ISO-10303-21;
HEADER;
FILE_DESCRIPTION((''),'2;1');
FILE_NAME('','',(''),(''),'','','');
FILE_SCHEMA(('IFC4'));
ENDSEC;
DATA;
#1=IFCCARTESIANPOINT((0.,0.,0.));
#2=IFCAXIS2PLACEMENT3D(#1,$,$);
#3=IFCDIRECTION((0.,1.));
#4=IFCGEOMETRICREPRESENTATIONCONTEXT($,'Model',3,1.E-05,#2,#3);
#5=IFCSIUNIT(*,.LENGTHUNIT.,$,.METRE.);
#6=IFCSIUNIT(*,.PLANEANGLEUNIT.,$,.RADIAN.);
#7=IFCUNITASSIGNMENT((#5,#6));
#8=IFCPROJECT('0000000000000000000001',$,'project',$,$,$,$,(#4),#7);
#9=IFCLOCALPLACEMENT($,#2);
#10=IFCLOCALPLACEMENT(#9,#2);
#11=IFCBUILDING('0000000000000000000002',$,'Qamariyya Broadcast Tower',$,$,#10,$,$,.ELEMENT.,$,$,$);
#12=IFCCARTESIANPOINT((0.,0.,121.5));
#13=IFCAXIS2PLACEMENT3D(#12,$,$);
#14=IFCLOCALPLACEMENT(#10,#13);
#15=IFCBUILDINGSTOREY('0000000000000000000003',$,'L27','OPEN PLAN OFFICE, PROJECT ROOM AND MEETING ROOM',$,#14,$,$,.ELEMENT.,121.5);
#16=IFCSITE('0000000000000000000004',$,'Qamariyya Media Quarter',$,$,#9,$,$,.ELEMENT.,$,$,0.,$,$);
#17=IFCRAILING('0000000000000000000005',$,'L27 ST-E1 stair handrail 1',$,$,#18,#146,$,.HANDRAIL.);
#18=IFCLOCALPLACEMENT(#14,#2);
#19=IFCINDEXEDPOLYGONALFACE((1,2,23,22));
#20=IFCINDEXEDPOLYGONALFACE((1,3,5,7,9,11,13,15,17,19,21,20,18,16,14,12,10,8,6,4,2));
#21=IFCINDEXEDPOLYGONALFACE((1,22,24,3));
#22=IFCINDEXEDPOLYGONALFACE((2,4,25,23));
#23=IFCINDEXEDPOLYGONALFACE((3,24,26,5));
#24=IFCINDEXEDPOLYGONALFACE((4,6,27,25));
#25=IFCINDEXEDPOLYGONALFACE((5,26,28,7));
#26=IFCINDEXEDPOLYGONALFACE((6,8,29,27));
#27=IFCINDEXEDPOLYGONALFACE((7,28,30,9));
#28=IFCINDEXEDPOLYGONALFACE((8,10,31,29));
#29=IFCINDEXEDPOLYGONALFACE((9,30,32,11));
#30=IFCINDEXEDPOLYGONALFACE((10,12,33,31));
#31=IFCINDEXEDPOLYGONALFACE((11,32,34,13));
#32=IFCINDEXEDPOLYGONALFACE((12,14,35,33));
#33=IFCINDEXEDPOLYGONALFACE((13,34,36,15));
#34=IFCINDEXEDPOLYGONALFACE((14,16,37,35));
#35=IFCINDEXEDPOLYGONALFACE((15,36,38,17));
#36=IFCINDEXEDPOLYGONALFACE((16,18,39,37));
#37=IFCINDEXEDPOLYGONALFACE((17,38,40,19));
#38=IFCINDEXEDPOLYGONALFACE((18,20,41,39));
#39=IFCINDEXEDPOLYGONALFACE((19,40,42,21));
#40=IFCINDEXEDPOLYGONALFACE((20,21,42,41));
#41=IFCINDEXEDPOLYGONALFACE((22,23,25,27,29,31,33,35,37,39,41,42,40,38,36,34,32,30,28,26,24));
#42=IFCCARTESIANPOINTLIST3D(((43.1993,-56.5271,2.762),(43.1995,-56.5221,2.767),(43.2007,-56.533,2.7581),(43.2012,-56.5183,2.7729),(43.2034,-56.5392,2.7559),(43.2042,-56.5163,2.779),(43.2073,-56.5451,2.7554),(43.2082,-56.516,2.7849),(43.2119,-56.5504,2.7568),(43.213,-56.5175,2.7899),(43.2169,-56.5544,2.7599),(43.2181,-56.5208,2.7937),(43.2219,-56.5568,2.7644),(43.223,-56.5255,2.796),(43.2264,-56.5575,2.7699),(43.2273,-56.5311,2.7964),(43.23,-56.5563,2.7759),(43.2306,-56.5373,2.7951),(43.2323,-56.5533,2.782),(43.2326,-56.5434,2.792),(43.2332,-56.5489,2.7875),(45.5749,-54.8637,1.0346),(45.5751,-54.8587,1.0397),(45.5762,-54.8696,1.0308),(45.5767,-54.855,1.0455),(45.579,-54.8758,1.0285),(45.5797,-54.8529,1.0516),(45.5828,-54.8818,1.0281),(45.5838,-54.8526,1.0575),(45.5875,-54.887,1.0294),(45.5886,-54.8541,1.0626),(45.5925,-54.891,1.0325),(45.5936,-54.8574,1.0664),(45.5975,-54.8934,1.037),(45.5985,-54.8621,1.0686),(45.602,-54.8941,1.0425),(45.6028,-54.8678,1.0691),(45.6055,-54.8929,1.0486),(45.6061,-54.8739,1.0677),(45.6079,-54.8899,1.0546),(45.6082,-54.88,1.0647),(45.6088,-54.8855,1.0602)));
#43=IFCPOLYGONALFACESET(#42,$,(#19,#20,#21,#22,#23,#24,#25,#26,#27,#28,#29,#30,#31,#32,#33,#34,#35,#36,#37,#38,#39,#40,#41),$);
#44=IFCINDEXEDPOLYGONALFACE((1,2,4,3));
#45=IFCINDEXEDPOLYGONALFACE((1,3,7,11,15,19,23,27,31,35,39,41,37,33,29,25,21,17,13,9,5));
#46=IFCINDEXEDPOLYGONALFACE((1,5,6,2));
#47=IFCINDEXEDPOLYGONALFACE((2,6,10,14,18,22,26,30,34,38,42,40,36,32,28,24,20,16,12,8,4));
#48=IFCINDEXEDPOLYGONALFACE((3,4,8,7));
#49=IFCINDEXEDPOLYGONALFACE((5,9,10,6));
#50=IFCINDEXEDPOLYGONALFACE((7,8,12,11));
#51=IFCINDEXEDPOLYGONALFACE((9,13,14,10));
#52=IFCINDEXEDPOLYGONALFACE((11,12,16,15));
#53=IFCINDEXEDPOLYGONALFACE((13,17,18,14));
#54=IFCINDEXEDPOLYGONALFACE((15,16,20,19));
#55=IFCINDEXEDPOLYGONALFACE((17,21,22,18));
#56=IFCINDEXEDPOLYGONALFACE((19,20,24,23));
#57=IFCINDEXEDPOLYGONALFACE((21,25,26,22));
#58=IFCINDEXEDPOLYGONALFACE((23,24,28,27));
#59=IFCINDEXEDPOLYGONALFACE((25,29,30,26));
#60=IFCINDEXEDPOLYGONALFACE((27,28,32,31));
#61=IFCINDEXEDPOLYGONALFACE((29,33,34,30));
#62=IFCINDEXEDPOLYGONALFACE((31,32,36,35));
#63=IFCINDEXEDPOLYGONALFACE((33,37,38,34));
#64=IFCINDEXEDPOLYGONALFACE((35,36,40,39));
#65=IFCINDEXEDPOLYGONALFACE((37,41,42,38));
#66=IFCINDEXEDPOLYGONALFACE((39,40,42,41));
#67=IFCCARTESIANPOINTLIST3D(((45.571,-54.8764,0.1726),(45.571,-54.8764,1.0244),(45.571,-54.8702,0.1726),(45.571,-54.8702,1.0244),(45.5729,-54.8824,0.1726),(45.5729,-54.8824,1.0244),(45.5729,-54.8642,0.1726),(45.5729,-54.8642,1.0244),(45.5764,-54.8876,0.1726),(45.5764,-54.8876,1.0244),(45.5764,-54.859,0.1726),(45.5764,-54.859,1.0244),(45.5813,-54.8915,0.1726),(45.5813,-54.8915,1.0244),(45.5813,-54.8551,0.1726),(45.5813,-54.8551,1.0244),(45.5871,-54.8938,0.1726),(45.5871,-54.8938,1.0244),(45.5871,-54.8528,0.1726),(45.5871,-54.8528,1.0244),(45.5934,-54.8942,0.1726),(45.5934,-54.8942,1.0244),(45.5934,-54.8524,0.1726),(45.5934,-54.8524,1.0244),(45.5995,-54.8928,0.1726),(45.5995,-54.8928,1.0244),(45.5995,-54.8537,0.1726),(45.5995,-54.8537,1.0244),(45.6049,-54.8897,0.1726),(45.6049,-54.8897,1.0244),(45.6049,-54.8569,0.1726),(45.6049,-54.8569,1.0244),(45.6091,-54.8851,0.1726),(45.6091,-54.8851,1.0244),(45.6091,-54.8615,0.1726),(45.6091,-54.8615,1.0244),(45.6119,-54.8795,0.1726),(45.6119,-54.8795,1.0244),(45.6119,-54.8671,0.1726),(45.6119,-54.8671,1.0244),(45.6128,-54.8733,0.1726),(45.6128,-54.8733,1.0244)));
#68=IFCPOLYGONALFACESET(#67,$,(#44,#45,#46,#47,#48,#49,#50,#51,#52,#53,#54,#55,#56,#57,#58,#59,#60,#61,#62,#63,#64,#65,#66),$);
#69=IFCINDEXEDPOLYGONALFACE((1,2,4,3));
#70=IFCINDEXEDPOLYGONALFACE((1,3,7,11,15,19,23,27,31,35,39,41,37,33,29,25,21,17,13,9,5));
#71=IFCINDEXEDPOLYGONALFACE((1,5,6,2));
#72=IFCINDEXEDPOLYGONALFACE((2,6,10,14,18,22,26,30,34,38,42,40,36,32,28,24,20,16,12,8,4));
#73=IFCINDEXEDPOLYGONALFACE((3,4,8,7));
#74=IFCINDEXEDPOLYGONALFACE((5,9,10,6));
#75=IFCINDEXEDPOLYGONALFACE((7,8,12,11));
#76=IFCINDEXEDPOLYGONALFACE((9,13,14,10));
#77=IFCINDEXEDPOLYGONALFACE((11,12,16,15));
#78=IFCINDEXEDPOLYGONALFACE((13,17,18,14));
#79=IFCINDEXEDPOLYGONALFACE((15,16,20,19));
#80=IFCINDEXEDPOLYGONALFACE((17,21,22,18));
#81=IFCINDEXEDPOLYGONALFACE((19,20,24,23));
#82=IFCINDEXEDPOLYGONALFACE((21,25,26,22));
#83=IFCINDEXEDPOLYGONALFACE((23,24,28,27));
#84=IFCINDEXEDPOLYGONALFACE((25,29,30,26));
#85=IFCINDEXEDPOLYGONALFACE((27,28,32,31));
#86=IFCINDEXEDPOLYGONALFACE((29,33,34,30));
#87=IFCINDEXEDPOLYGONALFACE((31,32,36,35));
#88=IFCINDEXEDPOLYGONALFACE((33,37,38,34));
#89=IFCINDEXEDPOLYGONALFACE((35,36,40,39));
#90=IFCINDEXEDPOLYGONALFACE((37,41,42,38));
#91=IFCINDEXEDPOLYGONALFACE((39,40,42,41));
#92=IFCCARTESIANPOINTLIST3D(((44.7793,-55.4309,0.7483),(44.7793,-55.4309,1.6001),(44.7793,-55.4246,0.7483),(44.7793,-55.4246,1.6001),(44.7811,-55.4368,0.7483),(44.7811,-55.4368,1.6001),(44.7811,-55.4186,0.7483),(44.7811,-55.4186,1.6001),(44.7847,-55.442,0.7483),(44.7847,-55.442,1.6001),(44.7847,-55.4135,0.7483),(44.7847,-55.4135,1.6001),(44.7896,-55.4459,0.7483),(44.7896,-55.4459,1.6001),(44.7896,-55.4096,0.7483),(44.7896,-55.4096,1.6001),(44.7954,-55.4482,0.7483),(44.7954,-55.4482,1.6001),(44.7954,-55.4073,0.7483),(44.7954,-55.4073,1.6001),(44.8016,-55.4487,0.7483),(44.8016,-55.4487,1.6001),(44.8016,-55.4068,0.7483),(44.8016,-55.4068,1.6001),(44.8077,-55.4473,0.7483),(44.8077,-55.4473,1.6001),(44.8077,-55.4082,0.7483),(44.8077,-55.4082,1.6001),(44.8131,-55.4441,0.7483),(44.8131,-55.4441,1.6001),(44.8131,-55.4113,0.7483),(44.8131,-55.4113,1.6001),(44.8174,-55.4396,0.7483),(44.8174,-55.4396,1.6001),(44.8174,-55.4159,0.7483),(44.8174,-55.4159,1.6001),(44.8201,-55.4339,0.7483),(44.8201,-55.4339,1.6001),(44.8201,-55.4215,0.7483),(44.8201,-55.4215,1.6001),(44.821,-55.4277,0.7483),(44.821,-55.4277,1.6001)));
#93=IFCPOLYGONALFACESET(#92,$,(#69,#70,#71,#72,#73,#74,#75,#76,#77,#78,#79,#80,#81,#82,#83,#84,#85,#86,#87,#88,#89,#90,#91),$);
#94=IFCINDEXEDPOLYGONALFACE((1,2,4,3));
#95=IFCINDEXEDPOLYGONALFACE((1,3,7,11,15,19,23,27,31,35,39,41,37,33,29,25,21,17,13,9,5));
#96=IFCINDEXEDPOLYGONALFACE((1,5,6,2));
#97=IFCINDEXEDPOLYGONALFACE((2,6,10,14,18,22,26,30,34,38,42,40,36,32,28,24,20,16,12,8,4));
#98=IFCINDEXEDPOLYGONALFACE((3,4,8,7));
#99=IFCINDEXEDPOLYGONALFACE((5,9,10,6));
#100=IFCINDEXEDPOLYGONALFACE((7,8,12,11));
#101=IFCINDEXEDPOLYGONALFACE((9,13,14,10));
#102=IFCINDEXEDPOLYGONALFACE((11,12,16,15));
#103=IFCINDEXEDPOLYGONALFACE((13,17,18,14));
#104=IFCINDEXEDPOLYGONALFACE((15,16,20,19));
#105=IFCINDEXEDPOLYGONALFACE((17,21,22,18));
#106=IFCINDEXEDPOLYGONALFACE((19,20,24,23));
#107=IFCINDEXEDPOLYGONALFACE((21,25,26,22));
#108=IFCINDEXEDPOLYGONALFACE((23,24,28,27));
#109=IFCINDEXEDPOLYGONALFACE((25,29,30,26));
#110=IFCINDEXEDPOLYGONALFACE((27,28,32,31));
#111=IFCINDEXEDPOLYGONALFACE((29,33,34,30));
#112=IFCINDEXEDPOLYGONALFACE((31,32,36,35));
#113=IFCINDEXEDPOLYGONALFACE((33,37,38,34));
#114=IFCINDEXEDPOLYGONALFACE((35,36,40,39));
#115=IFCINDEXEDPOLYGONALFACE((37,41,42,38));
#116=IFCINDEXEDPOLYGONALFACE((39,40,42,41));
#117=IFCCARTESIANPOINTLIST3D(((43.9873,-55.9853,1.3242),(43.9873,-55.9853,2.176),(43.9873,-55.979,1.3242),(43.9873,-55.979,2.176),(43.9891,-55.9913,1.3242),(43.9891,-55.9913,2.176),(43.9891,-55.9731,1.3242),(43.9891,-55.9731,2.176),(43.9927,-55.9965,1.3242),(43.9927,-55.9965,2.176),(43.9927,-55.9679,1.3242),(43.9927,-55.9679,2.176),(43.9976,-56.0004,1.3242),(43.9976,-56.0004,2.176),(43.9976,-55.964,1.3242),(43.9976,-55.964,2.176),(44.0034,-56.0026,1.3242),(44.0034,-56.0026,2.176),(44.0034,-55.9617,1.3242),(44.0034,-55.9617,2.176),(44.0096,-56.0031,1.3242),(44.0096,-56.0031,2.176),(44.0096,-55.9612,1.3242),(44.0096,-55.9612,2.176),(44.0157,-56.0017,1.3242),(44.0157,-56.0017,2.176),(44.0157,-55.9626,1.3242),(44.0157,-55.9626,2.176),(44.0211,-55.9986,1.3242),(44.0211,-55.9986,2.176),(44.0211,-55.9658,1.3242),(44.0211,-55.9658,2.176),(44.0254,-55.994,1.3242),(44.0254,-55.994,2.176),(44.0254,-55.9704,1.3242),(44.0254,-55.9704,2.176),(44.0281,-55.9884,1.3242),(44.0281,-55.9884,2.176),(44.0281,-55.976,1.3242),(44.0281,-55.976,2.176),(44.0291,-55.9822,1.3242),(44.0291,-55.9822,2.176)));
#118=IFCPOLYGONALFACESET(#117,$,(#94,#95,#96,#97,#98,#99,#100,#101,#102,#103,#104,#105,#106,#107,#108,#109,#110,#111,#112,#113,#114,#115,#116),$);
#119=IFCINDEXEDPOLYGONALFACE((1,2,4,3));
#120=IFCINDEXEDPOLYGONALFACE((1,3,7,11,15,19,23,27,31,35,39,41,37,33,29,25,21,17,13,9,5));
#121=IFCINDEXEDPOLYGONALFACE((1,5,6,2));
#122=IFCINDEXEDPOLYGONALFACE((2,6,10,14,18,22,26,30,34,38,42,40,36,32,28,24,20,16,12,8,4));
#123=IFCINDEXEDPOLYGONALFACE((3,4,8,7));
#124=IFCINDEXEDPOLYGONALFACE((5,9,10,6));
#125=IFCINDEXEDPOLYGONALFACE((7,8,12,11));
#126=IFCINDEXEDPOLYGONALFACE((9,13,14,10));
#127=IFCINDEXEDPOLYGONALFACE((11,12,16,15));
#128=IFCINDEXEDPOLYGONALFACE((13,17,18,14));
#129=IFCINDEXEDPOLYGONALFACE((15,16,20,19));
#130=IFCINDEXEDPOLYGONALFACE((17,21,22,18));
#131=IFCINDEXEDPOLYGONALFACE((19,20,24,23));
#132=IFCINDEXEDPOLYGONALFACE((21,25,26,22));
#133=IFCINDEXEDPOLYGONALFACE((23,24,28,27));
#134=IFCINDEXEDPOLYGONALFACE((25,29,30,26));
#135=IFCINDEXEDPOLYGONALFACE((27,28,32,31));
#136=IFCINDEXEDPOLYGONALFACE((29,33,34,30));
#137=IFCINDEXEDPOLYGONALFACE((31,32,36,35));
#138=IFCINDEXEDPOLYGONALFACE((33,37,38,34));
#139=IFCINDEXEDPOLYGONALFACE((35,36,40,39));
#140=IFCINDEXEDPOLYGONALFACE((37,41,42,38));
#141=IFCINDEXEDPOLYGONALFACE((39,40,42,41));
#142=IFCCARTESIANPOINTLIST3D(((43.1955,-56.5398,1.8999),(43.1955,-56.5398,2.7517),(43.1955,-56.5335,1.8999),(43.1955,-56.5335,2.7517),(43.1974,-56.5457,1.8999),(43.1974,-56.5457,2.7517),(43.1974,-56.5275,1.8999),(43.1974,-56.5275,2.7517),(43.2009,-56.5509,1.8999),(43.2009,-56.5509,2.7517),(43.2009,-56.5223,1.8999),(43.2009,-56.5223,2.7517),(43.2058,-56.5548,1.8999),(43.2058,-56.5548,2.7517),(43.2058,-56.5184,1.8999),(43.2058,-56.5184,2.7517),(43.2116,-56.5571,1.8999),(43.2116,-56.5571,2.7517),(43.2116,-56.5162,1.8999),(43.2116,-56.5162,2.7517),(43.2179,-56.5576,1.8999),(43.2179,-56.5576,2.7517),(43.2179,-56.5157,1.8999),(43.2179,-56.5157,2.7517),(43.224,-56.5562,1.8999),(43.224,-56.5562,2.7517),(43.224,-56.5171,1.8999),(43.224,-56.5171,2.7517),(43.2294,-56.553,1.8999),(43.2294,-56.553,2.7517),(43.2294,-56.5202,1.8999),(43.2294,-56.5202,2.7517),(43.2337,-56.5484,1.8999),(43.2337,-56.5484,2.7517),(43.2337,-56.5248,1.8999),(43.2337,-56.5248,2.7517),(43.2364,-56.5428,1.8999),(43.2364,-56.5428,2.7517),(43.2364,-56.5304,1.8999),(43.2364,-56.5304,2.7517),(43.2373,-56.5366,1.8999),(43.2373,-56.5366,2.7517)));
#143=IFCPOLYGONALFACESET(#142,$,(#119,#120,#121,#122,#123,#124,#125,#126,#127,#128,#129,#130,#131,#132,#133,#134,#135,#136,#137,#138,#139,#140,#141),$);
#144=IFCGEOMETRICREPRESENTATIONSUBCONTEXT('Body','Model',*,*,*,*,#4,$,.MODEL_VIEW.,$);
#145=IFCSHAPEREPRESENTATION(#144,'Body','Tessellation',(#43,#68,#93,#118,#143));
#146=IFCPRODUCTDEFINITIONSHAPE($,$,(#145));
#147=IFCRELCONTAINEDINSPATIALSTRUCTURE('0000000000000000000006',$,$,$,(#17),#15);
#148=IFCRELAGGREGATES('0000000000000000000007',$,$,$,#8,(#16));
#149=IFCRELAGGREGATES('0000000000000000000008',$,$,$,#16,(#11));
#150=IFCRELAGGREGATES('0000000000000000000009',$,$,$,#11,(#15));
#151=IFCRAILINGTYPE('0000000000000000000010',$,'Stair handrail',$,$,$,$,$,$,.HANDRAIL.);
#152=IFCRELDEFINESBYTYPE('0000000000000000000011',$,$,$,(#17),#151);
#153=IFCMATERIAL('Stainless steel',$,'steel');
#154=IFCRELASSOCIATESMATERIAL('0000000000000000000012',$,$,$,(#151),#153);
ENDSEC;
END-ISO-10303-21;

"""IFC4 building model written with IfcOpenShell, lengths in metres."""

from ifc_helpers import new_model, si_unit, direction, frame, origin, origin_2d, place, context, subcontext, project, spatial, circle, extrude, material, type_object, element, save


model = new_model("IFC4")

# Units and contexts
model_context = context("Model", 3, precision=1e-05, world=origin(), true_north=direction((0.0, 1.0)))
body_context = subcontext(model_context, "Body", "Model", "MODEL_VIEW")
ifc_project = project(units=[si_unit("LENGTHUNIT", "METRE"), si_unit("PLANEANGLEUNIT", "RADIAN")], contexts=[model_context])

# Site, building, storey
site_placement = place(None, origin())
site = spatial("IfcSite", under=ifc_project, at=site_placement, Name="Qamariyya Media Quarter", CompositionType="ELEMENT", RefElevation=0.0)
building_placement = place(site_placement, origin())
building = spatial("IfcBuilding", under=site, at=building_placement, Name="Qamariyya Broadcast Tower", CompositionType="ELEMENT")
storey_placement = place(building_placement, frame((0.0, 0.0, 121.5)))
storey = spatial("IfcBuildingStorey", under=building, at=storey_placement, Name="L27", Description="OPEN PLAN OFFICE, PROJECT ROOM AND MEETING ROOM", CompositionType="ELEMENT", Elevation=121.5)

# Railing
ifc_material_1 = material(Name="Stainless steel", Category="steel")
railing_type_1 = type_object("IfcRailingType", Name="Stair handrail", PredefinedType="HANDRAIL", material=ifc_material_1)
railing_1_placement = place(storey_placement, frame((45.5918, -54.8733, 0.1726)))
element("IfcRailing", 1, at=railing_1_placement, inside=storey, type_object=railing_type_1, Name="L27 ST-E1 stair handrail 1", PredefinedType="HANDRAIL", context=body_context, shape_type="SweptSolid", body=[
    extrude(circle(Radius=0.0239, at=origin_2d()), frame((0.0, 0.0, 0.876), z_axis=(-0.70377, -0.492784, 0.511734), x_axis=(0.573575, -0.819153, 0.0)), (0.0, 0.0, 1.0), 3.3755),
    extrude(circle(Radius=0.021, at=origin_2d()), origin(), (0.0, 0.0, 1.0), 0.8518),
    extrude(circle(Radius=0.021, at=origin_2d()), frame((-0.7917, -0.5544, 0.5757)), (0.0, 0.0, 1.0), 0.8518),
    extrude(circle(Radius=0.021, at=origin_2d()), frame((-1.5837, -1.1089, 1.1516)), (0.0, 0.0, 1.0), 0.8518),
    extrude(circle(Radius=0.021, at=origin_2d()), frame((-2.3755, -1.6633, 1.7273)), (0.0, 0.0, 1.0), 0.8518),
])

save(model, "model.ifc")
